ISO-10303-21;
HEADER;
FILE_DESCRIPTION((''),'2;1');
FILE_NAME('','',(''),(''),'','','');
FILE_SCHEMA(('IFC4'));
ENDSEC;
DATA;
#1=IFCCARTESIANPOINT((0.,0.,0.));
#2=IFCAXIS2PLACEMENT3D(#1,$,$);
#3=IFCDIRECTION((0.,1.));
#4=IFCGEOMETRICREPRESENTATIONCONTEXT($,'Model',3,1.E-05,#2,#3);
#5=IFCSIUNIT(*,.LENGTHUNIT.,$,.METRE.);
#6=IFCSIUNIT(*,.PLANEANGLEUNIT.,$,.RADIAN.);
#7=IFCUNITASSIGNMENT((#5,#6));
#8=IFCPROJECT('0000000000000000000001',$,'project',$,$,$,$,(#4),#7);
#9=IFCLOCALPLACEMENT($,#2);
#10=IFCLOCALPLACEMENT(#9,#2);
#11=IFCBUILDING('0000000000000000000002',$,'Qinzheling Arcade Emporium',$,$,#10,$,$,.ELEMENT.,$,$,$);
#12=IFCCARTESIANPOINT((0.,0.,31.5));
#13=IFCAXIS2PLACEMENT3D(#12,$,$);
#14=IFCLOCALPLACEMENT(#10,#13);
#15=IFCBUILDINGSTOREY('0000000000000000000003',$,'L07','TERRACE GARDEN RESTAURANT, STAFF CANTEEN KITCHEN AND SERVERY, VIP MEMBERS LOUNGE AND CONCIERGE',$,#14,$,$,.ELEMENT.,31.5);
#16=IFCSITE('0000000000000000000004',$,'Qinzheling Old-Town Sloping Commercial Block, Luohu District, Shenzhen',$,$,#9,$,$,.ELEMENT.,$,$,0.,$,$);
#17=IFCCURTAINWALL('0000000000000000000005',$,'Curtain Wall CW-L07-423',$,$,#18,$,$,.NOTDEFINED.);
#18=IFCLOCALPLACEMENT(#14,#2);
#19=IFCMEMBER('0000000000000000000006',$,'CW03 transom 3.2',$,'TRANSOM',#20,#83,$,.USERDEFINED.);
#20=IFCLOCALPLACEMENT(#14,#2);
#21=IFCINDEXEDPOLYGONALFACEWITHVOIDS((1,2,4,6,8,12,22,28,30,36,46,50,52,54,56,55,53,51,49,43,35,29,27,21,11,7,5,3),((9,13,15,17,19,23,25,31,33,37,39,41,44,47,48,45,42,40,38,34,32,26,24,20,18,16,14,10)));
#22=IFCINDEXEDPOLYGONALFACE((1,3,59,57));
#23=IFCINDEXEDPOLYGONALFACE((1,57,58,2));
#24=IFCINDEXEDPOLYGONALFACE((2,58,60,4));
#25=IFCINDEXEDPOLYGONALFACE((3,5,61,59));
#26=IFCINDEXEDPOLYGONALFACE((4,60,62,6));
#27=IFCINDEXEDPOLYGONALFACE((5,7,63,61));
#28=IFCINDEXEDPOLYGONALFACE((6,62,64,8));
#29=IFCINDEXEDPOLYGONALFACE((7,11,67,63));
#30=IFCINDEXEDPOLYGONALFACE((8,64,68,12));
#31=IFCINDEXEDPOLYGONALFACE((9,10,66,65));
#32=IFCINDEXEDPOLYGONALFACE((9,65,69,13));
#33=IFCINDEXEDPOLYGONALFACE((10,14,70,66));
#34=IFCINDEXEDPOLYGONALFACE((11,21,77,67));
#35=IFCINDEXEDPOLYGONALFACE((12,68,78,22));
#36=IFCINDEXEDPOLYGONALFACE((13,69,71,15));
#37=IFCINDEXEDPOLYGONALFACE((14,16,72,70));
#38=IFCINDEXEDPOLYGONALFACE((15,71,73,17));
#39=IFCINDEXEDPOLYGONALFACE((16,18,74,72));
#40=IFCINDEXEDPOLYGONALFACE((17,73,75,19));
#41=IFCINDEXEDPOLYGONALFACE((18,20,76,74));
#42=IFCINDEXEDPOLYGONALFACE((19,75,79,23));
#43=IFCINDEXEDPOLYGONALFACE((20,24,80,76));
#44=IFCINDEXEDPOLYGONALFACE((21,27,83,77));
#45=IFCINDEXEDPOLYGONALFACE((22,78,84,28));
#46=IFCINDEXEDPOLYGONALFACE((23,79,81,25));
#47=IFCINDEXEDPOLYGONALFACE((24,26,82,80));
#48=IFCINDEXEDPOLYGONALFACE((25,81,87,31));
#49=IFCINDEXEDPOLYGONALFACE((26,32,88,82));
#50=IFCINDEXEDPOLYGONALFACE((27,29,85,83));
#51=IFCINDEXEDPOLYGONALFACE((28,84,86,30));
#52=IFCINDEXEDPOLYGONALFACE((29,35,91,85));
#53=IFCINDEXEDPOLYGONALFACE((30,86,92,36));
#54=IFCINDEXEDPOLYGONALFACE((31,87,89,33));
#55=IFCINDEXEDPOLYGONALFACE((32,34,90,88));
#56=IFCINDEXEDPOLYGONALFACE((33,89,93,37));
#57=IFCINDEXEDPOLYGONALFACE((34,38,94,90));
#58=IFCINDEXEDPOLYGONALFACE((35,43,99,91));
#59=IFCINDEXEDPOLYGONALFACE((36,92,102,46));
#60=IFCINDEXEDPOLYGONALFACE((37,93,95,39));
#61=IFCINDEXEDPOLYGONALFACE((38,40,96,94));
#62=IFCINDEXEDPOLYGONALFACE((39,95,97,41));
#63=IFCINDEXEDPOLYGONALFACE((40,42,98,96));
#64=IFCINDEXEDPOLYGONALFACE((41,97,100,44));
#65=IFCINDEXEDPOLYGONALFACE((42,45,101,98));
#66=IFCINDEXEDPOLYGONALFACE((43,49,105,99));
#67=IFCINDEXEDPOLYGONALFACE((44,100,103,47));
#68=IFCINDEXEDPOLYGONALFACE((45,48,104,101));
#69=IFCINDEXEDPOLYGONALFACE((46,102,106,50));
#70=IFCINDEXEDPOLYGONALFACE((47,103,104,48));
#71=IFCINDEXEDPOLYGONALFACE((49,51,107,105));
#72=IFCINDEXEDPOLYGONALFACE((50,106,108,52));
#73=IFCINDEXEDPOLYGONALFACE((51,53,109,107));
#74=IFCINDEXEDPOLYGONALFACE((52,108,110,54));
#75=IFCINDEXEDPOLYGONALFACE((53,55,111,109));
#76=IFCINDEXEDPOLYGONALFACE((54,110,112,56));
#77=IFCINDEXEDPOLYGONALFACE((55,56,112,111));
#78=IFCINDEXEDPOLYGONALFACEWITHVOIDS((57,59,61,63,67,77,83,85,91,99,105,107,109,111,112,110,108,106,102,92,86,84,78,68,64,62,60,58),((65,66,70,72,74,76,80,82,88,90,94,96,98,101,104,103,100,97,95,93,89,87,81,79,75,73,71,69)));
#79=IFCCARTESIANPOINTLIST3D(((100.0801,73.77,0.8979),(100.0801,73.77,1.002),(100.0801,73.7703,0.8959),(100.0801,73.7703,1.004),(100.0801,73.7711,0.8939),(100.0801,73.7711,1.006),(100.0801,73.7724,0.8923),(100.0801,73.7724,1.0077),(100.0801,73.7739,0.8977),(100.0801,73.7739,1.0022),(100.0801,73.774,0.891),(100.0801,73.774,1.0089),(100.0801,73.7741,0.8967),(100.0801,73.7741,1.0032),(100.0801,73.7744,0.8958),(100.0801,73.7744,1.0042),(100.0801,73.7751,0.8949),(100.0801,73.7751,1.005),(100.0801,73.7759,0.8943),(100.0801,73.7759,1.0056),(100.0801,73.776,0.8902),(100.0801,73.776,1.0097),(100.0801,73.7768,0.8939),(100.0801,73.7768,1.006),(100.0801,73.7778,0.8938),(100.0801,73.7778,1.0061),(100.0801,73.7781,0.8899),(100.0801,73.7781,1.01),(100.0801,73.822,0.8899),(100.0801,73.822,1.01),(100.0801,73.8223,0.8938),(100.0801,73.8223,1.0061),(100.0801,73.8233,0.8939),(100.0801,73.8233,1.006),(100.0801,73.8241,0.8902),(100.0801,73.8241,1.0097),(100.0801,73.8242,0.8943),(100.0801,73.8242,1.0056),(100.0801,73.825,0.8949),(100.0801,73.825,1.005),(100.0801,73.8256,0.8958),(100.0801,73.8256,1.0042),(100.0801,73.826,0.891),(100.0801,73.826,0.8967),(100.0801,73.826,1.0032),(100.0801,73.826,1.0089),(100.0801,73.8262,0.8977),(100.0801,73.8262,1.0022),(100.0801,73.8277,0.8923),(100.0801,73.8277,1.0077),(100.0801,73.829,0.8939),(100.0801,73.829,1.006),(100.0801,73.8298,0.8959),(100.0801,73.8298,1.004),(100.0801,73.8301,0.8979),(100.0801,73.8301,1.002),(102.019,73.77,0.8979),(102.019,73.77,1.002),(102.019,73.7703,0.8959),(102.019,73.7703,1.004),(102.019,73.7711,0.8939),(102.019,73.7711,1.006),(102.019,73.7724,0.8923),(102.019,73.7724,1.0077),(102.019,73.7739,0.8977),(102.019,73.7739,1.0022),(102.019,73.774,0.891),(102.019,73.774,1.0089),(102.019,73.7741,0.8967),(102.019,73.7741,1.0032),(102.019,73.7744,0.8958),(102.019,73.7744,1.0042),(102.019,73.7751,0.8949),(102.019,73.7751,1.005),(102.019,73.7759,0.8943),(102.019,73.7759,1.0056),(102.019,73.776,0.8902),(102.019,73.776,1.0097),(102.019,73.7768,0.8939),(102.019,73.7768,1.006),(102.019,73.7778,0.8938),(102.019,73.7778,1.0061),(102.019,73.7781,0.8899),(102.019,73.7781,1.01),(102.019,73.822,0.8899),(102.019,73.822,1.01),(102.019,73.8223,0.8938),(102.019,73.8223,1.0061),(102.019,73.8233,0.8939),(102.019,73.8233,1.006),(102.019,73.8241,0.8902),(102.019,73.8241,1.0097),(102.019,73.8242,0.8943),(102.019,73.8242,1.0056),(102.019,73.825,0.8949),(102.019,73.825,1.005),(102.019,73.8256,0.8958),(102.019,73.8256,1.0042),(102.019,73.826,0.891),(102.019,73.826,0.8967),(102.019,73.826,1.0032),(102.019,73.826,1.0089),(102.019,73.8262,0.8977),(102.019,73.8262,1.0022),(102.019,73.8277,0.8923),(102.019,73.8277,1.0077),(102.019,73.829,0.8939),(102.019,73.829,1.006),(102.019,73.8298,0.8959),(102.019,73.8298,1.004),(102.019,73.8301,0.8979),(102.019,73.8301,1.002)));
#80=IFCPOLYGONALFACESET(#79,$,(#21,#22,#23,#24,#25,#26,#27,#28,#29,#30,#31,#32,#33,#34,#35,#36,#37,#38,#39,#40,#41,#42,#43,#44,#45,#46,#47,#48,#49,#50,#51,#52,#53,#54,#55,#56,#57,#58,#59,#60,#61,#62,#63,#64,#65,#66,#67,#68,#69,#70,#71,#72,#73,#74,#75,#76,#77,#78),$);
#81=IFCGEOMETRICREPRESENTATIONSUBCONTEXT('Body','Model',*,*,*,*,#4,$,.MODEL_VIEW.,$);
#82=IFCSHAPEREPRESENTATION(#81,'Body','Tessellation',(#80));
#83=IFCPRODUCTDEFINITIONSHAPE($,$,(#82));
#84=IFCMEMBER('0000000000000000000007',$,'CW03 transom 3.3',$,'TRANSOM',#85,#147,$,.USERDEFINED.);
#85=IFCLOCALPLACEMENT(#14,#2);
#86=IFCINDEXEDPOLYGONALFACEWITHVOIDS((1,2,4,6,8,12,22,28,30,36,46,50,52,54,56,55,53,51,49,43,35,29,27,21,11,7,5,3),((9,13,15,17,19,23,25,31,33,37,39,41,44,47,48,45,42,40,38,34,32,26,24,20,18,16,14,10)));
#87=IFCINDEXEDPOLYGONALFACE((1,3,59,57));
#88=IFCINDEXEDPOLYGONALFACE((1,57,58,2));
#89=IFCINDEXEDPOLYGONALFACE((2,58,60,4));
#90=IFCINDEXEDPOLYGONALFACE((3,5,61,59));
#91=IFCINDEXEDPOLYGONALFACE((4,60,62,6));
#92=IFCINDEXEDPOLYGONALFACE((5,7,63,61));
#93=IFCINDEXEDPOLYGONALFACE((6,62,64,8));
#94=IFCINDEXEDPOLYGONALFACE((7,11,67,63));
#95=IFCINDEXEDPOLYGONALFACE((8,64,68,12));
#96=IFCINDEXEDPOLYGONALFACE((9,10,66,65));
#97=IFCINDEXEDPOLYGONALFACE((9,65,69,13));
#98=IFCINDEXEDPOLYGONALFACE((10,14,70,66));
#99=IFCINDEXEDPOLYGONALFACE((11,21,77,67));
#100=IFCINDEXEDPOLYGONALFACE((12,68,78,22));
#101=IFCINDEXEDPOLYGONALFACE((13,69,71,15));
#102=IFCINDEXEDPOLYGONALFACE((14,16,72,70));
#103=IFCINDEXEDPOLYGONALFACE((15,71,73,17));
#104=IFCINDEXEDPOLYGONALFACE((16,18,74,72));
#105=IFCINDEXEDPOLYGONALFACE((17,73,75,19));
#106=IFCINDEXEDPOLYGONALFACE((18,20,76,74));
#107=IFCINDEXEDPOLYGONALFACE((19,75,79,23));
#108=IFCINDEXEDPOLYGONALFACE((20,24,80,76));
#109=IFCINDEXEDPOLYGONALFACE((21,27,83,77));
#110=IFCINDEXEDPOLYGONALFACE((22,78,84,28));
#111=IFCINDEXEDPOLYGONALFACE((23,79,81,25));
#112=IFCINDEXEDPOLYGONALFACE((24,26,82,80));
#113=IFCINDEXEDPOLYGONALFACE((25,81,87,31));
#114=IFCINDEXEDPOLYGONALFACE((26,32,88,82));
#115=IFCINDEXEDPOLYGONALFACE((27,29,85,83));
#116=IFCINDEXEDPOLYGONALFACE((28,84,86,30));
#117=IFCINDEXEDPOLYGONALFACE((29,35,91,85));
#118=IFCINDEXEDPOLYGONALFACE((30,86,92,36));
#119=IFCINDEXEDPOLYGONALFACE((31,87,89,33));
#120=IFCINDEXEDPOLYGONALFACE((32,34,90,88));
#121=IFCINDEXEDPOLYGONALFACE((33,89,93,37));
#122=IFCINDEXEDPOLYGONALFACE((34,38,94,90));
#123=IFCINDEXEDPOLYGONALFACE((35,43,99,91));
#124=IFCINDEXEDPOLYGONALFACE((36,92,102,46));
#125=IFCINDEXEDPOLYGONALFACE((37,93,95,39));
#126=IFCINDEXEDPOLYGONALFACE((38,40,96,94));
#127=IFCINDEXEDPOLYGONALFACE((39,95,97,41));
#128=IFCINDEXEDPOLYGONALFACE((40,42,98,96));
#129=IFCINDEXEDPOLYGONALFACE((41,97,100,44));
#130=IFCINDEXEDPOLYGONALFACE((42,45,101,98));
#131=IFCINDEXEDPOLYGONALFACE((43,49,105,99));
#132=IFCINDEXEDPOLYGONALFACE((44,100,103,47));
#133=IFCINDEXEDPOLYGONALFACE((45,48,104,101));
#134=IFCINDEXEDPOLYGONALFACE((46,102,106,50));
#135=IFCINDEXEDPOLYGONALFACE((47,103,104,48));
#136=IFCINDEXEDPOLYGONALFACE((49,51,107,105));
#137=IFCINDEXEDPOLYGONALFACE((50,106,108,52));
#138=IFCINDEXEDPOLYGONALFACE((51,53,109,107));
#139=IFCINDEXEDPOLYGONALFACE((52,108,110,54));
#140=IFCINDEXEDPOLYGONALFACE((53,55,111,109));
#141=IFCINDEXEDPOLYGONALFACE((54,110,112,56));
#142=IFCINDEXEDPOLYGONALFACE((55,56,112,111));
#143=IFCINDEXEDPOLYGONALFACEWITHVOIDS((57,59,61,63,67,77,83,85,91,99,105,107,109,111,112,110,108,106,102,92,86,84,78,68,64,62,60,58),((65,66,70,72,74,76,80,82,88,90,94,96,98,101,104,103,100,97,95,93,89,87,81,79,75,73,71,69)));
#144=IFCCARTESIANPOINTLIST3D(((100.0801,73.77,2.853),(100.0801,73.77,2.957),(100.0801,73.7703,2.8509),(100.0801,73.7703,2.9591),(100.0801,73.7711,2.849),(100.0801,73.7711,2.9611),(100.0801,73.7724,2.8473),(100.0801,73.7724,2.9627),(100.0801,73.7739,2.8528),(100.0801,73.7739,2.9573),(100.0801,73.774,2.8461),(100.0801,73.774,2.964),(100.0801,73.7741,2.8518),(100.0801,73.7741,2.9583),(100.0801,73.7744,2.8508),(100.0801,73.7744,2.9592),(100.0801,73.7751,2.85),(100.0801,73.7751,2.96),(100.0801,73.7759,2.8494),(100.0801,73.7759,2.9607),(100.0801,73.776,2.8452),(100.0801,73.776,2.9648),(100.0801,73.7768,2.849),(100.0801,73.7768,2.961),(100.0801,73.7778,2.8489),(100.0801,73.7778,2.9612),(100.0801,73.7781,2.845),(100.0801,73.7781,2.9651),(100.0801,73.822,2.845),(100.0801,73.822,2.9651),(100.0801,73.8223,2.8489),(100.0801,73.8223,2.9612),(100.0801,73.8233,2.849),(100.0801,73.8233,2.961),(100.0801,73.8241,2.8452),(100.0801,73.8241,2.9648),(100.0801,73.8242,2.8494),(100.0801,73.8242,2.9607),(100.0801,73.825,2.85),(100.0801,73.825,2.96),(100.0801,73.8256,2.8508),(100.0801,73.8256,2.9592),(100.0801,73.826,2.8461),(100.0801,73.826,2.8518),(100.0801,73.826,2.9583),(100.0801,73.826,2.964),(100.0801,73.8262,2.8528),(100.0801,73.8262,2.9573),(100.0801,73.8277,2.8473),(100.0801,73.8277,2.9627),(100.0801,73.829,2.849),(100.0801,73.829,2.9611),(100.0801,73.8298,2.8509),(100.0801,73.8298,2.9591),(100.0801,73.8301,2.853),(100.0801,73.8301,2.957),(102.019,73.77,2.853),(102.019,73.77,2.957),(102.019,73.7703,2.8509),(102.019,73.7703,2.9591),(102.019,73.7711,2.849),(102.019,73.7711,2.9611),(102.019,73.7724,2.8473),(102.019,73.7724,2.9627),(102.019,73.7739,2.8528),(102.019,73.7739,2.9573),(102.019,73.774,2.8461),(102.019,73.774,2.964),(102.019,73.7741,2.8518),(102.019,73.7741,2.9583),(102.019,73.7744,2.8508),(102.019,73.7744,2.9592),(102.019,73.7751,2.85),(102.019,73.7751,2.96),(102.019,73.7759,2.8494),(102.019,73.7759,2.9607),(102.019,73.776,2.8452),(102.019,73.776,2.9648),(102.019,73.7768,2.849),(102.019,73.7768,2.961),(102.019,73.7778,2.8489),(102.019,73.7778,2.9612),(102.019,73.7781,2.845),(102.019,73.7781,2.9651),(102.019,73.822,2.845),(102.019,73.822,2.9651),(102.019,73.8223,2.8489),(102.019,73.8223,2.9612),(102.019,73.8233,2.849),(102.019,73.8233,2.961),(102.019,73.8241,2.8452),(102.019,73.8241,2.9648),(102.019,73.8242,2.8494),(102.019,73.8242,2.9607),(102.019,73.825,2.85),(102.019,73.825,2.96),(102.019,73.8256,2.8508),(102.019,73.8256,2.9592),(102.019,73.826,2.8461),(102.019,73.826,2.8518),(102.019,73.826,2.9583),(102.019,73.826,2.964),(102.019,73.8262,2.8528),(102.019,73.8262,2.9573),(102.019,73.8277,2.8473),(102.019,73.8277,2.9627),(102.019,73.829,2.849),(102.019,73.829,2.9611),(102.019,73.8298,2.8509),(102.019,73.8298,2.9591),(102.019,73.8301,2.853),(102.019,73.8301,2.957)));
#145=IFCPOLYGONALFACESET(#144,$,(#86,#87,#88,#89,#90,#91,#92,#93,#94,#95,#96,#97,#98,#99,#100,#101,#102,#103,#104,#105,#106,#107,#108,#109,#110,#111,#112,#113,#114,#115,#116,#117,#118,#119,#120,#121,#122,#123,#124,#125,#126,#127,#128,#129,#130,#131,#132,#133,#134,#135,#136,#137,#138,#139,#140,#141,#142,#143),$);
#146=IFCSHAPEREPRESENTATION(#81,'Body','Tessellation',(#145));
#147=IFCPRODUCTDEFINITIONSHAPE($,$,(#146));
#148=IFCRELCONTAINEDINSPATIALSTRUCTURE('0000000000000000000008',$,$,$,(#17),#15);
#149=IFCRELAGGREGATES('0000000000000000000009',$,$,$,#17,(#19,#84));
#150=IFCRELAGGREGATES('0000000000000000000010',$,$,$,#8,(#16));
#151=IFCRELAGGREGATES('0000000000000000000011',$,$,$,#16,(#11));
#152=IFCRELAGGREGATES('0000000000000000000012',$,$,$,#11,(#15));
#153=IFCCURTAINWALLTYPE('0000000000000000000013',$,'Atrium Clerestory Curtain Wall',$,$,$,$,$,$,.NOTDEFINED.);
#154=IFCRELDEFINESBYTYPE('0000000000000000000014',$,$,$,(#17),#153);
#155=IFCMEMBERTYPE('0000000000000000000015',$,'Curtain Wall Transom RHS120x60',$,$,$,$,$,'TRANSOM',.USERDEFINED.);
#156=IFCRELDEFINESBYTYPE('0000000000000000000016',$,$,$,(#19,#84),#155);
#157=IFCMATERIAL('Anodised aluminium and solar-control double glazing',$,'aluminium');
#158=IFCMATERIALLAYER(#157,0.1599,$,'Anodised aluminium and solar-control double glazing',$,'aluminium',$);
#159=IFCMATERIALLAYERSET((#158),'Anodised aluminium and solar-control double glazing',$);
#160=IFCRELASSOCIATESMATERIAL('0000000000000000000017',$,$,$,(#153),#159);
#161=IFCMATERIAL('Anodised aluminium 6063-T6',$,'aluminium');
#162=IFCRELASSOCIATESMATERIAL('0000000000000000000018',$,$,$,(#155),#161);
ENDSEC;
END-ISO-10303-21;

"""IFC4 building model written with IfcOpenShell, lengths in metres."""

from ifc_helpers import new_model, si_unit, direction, frame, origin, origin_2d, place, context, subcontext, project, spatial, hollow_rectangle, extrude, material, layer, layer_set, material_profile, profile_set, type_object, element, aggregate, save


model = new_model("IFC4")

# Units and contexts
model_context = context("Model", 3, precision=1e-05, world=origin(), true_north=direction((0.0, 1.0)))
body_context = subcontext(model_context, "Body", "Model", "MODEL_VIEW")
ifc_project = project(units=[si_unit("LENGTHUNIT", "METRE"), si_unit("PLANEANGLEUNIT", "RADIAN")], contexts=[model_context])

# Site, building, storey
site_placement = place(None, origin())
site = spatial("IfcSite", under=ifc_project, at=site_placement, Name="Qinzheling Old-Town Sloping Commercial Block, Luohu District, Shenzhen", CompositionType="ELEMENT", RefElevation=0.0)
building_placement = place(site_placement, origin())
building = spatial("IfcBuilding", under=site, at=building_placement, Name="Qinzheling Arcade Emporium", CompositionType="ELEMENT")
storey_placement = place(building_placement, frame((0.0, 0.0, 31.5)))
storey = spatial("IfcBuildingStorey", under=building, at=storey_placement, Name="L07", Description="TERRACE GARDEN RESTAURANT, STAFF CANTEEN KITCHEN AND SERVERY, VIP MEMBERS LOUNGE AND CONCIERGE", CompositionType="ELEMENT", Elevation=31.5)

# Curtain wall, members
ifc_material_1 = material(Name="Anodised aluminium and solar-control double glazing", Category="aluminium")
ifc_layer_1 = layer(ifc_material_1, 0.1599, Name="Anodised aluminium and solar-control double glazing", Category="aluminium")
ifc_layer_set_1 = layer_set([ifc_layer_1], Name="Anodised aluminium and solar-control double glazing")
curtain_wall_type = type_object("IfcCurtainWallType", Name="Atrium Clerestory Curtain Wall", PredefinedType="NOTDEFINED", material=ifc_layer_set_1)
curtain_wall_placement = place(storey_placement, origin())
curtain_wall = element("IfcCurtainWall", 1, at=curtain_wall_placement, inside=storey, type_object=curtain_wall_type, Name="Curtain Wall CW-L07-423", PredefinedType="NOTDEFINED")
ifc_material_2 = material(Name="Anodised aluminium 6063-T6", Category="aluminium")
ifc_material_profile_1 = material_profile(ifc_material_2, hollow_rectangle(XDim=0.0601, YDim=0.1201, WallThickness=0.0039, InnerFilletRadius=0.0039, OuterFilletRadius=0.0081, at=origin_2d()), Name="RHS 120x60x4", Category="aluminium")
ifc_profile_set_1 = profile_set([ifc_material_profile_1], Name="Anodised aluminium 6063-T6")
member_type_1 = type_object("IfcMemberType", Name="Curtain Wall Transom RHS120x60", ElementType="TRANSOM", PredefinedType="USERDEFINED", material=ifc_profile_set_1)
member_1_placement = place(storey_placement, frame((100.0801, 73.8, 0.95), z_axis=(1.0, 0.0, 0.0), x_axis=(0.0, 1.0, 0.0)))
member_1 = element("IfcMember", 2, at=member_1_placement, type_object=member_type_1, Name="CW03 transom 3.2", ObjectType="TRANSOM", PredefinedType="USERDEFINED", context=body_context, shape_type="SweptSolid", body=[
    extrude(hollow_rectangle(XDim=0.0601, YDim=0.1201, WallThickness=0.0039, InnerFilletRadius=0.0039, OuterFilletRadius=0.0081, at=origin_2d()), origin(), (0.0, 0.0, 1.0), 1.939),
])
member_2_placement = place(storey_placement, frame((100.0801, 73.8, 2.905), z_axis=(1.0, 0.0, 0.0), x_axis=(0.0, 1.0, 0.0)))
member_2 = element("IfcMember", 3, at=member_2_placement, type_object=member_type_1, Name="CW03 transom 3.3", ObjectType="TRANSOM", PredefinedType="USERDEFINED", context=body_context, shape_type="SweptSolid", body=[
    extrude(hollow_rectangle(XDim=0.0601, YDim=0.1201, WallThickness=0.0039, InnerFilletRadius=0.0039, OuterFilletRadius=0.0081, at=origin_2d()), origin(), (0.0, 0.0, 1.0), 1.939),
])
aggregate(curtain_wall, [member_1, member_2])

save(model, "model.ifc")
